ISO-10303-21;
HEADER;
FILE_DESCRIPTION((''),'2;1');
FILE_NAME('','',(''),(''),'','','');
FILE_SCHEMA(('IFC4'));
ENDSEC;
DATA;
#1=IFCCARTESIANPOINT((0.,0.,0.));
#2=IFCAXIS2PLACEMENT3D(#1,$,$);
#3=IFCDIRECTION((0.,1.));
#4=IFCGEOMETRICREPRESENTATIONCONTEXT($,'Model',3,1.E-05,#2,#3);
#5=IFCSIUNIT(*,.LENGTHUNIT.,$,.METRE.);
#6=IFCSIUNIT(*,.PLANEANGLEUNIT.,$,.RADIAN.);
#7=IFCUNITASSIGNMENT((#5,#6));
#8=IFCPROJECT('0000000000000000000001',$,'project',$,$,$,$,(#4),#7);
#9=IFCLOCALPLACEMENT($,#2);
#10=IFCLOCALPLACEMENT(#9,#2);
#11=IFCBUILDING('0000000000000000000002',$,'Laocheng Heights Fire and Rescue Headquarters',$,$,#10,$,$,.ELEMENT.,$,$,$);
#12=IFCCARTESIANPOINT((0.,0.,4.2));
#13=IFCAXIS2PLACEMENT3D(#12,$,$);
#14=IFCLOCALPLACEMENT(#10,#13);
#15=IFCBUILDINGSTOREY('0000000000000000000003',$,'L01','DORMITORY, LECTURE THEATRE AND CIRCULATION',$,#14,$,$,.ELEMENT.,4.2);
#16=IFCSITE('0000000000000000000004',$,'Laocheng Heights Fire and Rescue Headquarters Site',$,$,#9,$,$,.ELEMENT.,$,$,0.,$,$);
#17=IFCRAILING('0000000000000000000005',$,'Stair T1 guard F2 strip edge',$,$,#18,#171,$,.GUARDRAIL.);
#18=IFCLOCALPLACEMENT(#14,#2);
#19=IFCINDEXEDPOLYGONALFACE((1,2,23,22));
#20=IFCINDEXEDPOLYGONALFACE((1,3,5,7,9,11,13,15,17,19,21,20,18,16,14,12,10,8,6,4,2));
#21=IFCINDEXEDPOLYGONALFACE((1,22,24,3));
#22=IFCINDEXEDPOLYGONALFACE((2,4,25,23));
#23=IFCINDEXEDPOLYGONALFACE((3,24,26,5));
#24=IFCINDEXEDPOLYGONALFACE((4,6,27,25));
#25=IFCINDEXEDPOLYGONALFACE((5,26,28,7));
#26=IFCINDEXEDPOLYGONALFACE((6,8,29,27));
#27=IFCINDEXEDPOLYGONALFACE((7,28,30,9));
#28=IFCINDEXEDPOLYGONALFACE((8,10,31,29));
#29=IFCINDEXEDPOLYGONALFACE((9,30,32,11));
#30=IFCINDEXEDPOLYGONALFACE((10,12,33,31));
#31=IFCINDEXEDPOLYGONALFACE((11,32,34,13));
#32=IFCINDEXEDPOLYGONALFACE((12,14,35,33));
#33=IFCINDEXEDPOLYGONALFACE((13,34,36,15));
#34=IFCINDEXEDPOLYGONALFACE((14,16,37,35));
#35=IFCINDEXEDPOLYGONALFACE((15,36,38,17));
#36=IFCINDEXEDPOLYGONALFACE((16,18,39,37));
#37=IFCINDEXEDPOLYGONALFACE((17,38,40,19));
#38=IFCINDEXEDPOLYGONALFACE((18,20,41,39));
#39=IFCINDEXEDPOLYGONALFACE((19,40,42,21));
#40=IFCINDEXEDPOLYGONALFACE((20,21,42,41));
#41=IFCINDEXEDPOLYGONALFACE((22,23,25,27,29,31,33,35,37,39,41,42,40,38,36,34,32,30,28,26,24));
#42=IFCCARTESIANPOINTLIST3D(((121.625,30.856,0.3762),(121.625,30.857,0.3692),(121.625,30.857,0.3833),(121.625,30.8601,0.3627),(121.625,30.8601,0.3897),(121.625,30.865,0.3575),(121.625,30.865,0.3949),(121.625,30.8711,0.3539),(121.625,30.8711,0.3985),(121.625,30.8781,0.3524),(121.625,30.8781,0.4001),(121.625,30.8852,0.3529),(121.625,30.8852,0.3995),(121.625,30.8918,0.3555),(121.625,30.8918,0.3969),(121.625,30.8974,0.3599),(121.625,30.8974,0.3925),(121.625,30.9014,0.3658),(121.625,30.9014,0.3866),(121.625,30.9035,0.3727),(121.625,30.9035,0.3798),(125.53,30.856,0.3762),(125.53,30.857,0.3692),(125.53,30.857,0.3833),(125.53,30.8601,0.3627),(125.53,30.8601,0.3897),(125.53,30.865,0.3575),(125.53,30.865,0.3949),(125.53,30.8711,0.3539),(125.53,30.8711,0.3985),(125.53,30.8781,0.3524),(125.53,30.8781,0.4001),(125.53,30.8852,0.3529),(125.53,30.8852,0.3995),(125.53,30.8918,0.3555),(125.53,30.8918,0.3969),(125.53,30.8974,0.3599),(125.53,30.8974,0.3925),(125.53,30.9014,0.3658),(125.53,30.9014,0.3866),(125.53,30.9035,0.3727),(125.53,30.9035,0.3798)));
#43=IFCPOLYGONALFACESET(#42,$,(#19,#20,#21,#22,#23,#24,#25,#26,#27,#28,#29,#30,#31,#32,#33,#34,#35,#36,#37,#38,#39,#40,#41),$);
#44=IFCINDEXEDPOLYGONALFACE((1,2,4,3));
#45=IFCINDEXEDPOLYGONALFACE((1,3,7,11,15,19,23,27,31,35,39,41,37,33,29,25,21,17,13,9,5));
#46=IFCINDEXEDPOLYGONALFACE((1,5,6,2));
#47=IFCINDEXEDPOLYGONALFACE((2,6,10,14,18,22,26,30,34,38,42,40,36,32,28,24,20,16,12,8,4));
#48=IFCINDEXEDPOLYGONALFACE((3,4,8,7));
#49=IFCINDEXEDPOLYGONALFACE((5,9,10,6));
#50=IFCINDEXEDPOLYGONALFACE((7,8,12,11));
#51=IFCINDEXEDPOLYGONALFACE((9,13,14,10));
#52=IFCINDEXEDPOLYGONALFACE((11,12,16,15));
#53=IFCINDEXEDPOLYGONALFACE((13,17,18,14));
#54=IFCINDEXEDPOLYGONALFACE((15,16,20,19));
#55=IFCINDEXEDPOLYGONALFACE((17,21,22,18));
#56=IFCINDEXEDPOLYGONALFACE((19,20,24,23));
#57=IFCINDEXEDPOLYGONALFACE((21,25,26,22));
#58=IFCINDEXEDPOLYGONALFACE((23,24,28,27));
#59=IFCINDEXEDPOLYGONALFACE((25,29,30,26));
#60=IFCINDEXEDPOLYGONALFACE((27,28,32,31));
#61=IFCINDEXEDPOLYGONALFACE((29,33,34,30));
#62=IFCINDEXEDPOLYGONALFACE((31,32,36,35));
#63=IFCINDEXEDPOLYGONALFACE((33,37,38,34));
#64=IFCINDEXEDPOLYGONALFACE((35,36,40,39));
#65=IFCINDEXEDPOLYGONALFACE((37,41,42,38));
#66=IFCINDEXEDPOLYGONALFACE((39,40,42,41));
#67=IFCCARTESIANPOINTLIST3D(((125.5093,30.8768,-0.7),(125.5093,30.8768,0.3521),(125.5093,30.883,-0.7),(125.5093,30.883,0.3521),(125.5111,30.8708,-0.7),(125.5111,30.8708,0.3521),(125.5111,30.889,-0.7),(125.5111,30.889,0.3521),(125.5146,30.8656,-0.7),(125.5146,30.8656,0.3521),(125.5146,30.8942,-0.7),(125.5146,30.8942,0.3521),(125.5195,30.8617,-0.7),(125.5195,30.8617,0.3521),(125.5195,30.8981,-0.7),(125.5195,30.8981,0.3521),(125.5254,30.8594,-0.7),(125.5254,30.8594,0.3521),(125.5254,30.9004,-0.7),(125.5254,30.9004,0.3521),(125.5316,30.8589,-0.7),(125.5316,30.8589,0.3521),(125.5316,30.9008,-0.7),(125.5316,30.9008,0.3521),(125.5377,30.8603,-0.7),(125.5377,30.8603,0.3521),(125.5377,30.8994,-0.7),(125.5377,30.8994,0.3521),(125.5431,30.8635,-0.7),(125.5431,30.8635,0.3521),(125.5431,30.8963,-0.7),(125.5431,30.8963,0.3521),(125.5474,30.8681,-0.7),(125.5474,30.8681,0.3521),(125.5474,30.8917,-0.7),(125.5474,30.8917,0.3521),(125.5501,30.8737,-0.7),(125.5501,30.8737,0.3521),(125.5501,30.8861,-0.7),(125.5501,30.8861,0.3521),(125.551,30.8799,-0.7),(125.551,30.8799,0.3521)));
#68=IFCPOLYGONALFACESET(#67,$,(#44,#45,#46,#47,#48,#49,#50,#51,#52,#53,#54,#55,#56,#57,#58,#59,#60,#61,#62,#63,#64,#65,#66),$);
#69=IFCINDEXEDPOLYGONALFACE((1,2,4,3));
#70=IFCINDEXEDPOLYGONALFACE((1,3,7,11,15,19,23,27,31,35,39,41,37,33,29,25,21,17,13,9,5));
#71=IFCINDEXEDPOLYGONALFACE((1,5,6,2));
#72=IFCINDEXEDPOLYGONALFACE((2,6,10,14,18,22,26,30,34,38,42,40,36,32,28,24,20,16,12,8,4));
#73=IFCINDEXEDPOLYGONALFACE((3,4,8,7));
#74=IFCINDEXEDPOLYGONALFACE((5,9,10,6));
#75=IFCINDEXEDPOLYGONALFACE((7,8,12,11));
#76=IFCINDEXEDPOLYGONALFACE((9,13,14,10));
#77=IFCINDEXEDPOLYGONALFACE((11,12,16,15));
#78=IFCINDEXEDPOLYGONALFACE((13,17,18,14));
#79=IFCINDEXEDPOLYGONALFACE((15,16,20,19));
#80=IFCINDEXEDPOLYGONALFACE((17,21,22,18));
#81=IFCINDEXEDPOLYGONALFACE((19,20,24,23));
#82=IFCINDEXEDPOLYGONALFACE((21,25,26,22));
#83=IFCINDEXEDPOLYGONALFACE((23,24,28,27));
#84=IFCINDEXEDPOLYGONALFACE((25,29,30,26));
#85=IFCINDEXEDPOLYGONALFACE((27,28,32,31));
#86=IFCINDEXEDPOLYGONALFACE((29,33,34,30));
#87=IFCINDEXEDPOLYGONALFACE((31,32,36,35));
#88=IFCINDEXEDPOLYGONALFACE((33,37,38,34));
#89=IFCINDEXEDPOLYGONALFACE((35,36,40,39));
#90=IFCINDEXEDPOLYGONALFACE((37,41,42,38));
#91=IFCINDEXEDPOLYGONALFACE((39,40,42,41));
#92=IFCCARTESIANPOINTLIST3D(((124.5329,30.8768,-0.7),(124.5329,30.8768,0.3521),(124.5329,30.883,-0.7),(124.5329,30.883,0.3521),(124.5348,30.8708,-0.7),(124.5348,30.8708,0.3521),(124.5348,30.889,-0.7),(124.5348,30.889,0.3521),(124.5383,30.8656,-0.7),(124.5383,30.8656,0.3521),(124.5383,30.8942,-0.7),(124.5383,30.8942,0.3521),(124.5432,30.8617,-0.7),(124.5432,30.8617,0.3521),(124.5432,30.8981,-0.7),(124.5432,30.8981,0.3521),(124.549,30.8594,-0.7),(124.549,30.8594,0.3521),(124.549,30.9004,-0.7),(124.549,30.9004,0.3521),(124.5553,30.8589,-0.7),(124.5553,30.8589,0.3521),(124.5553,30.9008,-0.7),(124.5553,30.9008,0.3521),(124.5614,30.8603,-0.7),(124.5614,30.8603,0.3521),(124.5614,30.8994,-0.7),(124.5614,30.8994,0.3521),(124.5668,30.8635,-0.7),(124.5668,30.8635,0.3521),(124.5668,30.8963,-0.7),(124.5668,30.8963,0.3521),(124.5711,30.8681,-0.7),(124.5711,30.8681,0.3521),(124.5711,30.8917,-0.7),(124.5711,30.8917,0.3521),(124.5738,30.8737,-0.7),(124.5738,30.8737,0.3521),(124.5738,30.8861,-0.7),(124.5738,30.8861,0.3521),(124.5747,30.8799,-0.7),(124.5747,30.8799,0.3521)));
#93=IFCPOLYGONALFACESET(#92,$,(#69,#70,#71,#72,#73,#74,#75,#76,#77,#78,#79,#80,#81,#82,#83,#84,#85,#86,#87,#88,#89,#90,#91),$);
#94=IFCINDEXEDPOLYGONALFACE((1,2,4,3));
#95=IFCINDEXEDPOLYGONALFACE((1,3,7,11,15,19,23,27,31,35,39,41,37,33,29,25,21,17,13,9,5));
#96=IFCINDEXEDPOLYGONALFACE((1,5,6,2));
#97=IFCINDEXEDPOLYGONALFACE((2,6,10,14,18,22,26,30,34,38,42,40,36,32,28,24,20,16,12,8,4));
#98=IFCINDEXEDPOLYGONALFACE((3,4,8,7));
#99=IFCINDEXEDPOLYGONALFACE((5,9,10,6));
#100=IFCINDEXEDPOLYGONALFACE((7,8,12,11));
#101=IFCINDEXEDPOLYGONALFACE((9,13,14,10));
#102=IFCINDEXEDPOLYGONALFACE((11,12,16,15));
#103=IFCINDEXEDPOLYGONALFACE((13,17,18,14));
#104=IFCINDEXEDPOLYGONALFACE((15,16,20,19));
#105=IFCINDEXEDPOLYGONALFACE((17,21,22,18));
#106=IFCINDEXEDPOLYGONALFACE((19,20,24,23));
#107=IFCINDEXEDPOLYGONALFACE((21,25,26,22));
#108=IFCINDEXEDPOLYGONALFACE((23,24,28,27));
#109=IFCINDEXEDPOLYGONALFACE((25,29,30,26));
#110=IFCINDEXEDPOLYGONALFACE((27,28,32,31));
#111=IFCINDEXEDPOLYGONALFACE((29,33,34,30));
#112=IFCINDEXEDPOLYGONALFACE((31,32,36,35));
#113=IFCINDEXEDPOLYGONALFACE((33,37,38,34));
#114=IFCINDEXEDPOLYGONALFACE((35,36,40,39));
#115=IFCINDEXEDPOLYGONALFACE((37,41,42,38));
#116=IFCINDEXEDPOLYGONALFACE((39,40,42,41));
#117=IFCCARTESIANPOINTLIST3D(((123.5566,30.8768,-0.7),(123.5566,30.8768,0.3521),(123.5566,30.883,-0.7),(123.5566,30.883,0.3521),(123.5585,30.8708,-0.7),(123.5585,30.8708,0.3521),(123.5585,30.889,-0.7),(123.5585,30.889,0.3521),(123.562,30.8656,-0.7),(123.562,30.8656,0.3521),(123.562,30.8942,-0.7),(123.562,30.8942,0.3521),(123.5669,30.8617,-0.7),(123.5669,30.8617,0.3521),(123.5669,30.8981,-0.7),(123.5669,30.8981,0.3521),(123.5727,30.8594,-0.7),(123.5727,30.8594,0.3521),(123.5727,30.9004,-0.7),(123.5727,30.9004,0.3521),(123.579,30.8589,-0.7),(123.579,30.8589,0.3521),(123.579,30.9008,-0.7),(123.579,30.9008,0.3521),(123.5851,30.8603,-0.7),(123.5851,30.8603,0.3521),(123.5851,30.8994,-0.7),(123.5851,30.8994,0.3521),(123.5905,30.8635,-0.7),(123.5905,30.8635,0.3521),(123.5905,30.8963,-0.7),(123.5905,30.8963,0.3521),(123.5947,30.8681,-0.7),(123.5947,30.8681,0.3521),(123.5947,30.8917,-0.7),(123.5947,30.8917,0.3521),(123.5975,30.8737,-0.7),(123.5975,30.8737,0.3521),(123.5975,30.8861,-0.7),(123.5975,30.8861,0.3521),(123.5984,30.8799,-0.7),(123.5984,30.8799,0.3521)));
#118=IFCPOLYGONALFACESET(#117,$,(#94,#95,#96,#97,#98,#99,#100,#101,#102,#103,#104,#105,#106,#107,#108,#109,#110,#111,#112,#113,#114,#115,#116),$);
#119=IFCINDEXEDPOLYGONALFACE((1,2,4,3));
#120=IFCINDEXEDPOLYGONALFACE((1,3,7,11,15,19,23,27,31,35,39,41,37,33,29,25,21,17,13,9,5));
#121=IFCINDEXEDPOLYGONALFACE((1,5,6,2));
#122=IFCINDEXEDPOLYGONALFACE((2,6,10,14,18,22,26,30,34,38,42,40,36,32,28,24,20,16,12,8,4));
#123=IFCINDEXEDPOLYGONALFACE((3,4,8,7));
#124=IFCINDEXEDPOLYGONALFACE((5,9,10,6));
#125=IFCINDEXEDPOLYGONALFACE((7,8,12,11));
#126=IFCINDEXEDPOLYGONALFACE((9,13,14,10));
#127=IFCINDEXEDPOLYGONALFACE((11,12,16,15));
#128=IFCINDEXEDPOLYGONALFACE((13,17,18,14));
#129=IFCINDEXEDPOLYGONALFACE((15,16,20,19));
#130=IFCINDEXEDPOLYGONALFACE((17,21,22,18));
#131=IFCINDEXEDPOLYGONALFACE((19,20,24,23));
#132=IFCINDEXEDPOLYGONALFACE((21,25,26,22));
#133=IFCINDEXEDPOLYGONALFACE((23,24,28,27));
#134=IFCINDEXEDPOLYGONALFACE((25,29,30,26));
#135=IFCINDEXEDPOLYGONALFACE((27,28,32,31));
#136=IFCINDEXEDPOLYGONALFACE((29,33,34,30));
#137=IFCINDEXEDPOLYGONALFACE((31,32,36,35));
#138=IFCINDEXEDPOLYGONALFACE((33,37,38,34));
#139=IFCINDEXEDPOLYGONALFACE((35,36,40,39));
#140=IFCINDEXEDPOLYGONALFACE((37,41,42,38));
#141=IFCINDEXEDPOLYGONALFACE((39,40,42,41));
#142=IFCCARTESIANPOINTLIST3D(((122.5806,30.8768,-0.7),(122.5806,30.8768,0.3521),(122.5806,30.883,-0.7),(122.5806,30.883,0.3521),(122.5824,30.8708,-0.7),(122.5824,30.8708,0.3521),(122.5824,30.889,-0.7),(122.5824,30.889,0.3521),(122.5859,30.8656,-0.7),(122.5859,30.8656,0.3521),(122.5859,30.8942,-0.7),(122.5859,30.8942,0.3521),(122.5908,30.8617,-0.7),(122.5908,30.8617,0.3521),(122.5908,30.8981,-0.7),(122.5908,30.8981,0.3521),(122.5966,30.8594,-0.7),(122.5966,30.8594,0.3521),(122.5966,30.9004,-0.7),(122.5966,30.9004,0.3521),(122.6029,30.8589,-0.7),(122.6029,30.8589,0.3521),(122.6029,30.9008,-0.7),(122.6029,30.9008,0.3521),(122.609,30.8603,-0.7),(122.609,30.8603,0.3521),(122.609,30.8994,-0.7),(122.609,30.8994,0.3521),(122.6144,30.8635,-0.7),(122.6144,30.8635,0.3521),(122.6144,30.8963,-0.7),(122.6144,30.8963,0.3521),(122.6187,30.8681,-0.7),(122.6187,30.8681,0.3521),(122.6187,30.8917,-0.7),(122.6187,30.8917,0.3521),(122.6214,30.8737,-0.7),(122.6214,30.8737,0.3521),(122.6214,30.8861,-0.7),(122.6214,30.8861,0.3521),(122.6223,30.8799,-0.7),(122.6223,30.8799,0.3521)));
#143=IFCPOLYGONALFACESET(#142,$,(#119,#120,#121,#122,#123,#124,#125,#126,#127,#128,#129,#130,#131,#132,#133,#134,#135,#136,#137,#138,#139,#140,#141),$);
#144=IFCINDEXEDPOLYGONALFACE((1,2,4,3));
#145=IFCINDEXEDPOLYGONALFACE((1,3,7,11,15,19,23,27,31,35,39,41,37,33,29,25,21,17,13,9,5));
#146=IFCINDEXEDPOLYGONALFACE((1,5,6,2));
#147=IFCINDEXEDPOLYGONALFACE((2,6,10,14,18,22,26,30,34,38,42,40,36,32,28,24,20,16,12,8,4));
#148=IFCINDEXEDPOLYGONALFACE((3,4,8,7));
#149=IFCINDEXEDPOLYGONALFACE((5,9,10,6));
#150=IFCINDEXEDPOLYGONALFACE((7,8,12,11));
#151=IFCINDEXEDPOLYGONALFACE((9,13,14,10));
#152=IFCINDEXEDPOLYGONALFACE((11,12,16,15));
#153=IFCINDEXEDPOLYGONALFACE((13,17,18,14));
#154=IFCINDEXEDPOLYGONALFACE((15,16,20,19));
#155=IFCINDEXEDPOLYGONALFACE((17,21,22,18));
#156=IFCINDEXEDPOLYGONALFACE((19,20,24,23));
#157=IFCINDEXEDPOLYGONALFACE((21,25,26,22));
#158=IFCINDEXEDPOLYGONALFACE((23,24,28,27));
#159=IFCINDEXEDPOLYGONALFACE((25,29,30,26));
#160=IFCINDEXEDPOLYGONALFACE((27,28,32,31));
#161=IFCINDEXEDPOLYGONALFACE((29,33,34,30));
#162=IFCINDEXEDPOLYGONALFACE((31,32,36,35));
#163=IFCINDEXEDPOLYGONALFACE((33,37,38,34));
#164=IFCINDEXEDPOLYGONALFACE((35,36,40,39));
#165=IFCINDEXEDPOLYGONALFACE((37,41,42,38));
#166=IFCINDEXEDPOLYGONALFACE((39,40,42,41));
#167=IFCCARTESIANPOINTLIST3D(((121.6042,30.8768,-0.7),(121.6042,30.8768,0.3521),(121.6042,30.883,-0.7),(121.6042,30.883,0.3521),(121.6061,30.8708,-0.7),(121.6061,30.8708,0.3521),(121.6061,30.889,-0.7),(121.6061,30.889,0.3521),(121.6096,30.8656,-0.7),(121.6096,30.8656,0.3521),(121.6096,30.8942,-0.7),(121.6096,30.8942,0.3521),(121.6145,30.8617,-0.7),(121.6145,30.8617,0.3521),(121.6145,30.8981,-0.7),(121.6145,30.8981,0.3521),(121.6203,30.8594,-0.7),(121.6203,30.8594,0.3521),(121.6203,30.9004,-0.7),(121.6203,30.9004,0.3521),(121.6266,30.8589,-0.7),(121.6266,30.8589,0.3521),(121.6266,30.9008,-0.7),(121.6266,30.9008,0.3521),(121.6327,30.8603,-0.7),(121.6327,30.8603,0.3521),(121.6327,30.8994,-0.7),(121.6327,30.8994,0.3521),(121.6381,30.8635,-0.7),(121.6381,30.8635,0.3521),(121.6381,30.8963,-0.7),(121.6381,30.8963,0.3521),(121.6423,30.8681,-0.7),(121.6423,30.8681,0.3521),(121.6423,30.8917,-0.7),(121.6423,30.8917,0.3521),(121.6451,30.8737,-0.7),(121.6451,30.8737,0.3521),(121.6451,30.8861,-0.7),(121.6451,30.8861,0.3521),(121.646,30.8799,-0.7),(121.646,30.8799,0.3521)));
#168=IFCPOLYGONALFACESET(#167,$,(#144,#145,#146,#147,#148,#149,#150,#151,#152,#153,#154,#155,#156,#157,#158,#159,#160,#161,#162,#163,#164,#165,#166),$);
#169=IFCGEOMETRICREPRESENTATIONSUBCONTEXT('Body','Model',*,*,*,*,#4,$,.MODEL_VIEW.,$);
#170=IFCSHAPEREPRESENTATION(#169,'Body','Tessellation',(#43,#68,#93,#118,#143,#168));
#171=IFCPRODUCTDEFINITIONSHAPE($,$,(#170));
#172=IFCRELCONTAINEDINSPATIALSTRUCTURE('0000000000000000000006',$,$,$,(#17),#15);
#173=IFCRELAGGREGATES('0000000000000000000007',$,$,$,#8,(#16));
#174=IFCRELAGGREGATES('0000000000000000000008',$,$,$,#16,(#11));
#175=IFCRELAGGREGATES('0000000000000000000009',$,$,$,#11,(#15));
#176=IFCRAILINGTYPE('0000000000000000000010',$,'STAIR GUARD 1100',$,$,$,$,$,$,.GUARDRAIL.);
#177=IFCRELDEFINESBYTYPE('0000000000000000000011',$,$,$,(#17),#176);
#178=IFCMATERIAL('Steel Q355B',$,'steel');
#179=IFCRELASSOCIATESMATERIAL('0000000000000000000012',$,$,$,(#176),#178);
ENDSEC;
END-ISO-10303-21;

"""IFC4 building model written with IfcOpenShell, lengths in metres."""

from ifc_helpers import new_model, si_unit, direction, frame, origin, origin_2d, place, context, subcontext, project, spatial, circle, extrude, material, type_object, element, save


model = new_model("IFC4")

# Units and contexts
model_context = context("Model", 3, precision=1e-05, world=origin(), true_north=direction((0.0, 1.0)))
body_context = subcontext(model_context, "Body", "Model", "MODEL_VIEW")
ifc_project = project(units=[si_unit("LENGTHUNIT", "METRE"), si_unit("PLANEANGLEUNIT", "RADIAN")], contexts=[model_context])

# Site, building, storey
site_placement = place(None, origin())
site = spatial("IfcSite", under=ifc_project, at=site_placement, Name="Laocheng Heights Fire and Rescue Headquarters Site", CompositionType="ELEMENT", RefElevation=0.0)
building_placement = place(site_placement, origin())
building = spatial("IfcBuilding", under=site, at=building_placement, Name="Laocheng Heights Fire and Rescue Headquarters", CompositionType="ELEMENT")
storey_placement = place(building_placement, frame((0.0, 0.0, 4.2)))
storey = spatial("IfcBuildingStorey", under=building, at=storey_placement, Name="L01", Description="DORMITORY, LECTURE THEATRE AND CIRCULATION", CompositionType="ELEMENT", Elevation=4.2)

# Railing
ifc_material_1 = material(Name="Steel Q355B", Category="steel")
railing_type_1 = type_object("IfcRailingType", Name="STAIR GUARD 1100", PredefinedType="GUARDRAIL", material=ifc_material_1)
railing_1_placement = place(storey_placement, frame((125.53, 30.8799, -0.7)))
element("IfcRailing", 1, at=railing_1_placement, inside=storey, type_object=railing_type_1, Name="Stair T1 guard F2 strip edge", PredefinedType="GUARDRAIL", context=body_context, shape_type="SweptSolid", body=[
    extrude(circle(Radius=0.0239, at=origin_2d()), frame((0.0, 0.0, 1.0762), z_axis=(-1.0, 0.0, 0.0), x_axis=(0.0, -1.0, 0.0)), (0.0, 0.0, 1.0), 3.905),
    extrude(circle(Radius=0.021, at=origin_2d()), origin(), (0.0, 0.0, 1.0), 1.052),
    extrude(circle(Radius=0.021, at=origin_2d()), frame((-0.9763, 0.0, 0.0)), (0.0, 0.0, 1.0), 1.052),
    extrude(circle(Radius=0.021, at=origin_2d()), frame((-1.9526, 0.0, 0.0)), (0.0, 0.0, 1.0), 1.052),
    extrude(circle(Radius=0.021, at=origin_2d()), frame((-2.9287, 0.0, 0.0)), (0.0, 0.0, 1.0), 1.052),
    extrude(circle(Radius=0.021, at=origin_2d()), frame((-3.905, 0.0, 0.0)), (0.0, 0.0, 1.0), 1.052),
])

save(model, "model.ifc")
